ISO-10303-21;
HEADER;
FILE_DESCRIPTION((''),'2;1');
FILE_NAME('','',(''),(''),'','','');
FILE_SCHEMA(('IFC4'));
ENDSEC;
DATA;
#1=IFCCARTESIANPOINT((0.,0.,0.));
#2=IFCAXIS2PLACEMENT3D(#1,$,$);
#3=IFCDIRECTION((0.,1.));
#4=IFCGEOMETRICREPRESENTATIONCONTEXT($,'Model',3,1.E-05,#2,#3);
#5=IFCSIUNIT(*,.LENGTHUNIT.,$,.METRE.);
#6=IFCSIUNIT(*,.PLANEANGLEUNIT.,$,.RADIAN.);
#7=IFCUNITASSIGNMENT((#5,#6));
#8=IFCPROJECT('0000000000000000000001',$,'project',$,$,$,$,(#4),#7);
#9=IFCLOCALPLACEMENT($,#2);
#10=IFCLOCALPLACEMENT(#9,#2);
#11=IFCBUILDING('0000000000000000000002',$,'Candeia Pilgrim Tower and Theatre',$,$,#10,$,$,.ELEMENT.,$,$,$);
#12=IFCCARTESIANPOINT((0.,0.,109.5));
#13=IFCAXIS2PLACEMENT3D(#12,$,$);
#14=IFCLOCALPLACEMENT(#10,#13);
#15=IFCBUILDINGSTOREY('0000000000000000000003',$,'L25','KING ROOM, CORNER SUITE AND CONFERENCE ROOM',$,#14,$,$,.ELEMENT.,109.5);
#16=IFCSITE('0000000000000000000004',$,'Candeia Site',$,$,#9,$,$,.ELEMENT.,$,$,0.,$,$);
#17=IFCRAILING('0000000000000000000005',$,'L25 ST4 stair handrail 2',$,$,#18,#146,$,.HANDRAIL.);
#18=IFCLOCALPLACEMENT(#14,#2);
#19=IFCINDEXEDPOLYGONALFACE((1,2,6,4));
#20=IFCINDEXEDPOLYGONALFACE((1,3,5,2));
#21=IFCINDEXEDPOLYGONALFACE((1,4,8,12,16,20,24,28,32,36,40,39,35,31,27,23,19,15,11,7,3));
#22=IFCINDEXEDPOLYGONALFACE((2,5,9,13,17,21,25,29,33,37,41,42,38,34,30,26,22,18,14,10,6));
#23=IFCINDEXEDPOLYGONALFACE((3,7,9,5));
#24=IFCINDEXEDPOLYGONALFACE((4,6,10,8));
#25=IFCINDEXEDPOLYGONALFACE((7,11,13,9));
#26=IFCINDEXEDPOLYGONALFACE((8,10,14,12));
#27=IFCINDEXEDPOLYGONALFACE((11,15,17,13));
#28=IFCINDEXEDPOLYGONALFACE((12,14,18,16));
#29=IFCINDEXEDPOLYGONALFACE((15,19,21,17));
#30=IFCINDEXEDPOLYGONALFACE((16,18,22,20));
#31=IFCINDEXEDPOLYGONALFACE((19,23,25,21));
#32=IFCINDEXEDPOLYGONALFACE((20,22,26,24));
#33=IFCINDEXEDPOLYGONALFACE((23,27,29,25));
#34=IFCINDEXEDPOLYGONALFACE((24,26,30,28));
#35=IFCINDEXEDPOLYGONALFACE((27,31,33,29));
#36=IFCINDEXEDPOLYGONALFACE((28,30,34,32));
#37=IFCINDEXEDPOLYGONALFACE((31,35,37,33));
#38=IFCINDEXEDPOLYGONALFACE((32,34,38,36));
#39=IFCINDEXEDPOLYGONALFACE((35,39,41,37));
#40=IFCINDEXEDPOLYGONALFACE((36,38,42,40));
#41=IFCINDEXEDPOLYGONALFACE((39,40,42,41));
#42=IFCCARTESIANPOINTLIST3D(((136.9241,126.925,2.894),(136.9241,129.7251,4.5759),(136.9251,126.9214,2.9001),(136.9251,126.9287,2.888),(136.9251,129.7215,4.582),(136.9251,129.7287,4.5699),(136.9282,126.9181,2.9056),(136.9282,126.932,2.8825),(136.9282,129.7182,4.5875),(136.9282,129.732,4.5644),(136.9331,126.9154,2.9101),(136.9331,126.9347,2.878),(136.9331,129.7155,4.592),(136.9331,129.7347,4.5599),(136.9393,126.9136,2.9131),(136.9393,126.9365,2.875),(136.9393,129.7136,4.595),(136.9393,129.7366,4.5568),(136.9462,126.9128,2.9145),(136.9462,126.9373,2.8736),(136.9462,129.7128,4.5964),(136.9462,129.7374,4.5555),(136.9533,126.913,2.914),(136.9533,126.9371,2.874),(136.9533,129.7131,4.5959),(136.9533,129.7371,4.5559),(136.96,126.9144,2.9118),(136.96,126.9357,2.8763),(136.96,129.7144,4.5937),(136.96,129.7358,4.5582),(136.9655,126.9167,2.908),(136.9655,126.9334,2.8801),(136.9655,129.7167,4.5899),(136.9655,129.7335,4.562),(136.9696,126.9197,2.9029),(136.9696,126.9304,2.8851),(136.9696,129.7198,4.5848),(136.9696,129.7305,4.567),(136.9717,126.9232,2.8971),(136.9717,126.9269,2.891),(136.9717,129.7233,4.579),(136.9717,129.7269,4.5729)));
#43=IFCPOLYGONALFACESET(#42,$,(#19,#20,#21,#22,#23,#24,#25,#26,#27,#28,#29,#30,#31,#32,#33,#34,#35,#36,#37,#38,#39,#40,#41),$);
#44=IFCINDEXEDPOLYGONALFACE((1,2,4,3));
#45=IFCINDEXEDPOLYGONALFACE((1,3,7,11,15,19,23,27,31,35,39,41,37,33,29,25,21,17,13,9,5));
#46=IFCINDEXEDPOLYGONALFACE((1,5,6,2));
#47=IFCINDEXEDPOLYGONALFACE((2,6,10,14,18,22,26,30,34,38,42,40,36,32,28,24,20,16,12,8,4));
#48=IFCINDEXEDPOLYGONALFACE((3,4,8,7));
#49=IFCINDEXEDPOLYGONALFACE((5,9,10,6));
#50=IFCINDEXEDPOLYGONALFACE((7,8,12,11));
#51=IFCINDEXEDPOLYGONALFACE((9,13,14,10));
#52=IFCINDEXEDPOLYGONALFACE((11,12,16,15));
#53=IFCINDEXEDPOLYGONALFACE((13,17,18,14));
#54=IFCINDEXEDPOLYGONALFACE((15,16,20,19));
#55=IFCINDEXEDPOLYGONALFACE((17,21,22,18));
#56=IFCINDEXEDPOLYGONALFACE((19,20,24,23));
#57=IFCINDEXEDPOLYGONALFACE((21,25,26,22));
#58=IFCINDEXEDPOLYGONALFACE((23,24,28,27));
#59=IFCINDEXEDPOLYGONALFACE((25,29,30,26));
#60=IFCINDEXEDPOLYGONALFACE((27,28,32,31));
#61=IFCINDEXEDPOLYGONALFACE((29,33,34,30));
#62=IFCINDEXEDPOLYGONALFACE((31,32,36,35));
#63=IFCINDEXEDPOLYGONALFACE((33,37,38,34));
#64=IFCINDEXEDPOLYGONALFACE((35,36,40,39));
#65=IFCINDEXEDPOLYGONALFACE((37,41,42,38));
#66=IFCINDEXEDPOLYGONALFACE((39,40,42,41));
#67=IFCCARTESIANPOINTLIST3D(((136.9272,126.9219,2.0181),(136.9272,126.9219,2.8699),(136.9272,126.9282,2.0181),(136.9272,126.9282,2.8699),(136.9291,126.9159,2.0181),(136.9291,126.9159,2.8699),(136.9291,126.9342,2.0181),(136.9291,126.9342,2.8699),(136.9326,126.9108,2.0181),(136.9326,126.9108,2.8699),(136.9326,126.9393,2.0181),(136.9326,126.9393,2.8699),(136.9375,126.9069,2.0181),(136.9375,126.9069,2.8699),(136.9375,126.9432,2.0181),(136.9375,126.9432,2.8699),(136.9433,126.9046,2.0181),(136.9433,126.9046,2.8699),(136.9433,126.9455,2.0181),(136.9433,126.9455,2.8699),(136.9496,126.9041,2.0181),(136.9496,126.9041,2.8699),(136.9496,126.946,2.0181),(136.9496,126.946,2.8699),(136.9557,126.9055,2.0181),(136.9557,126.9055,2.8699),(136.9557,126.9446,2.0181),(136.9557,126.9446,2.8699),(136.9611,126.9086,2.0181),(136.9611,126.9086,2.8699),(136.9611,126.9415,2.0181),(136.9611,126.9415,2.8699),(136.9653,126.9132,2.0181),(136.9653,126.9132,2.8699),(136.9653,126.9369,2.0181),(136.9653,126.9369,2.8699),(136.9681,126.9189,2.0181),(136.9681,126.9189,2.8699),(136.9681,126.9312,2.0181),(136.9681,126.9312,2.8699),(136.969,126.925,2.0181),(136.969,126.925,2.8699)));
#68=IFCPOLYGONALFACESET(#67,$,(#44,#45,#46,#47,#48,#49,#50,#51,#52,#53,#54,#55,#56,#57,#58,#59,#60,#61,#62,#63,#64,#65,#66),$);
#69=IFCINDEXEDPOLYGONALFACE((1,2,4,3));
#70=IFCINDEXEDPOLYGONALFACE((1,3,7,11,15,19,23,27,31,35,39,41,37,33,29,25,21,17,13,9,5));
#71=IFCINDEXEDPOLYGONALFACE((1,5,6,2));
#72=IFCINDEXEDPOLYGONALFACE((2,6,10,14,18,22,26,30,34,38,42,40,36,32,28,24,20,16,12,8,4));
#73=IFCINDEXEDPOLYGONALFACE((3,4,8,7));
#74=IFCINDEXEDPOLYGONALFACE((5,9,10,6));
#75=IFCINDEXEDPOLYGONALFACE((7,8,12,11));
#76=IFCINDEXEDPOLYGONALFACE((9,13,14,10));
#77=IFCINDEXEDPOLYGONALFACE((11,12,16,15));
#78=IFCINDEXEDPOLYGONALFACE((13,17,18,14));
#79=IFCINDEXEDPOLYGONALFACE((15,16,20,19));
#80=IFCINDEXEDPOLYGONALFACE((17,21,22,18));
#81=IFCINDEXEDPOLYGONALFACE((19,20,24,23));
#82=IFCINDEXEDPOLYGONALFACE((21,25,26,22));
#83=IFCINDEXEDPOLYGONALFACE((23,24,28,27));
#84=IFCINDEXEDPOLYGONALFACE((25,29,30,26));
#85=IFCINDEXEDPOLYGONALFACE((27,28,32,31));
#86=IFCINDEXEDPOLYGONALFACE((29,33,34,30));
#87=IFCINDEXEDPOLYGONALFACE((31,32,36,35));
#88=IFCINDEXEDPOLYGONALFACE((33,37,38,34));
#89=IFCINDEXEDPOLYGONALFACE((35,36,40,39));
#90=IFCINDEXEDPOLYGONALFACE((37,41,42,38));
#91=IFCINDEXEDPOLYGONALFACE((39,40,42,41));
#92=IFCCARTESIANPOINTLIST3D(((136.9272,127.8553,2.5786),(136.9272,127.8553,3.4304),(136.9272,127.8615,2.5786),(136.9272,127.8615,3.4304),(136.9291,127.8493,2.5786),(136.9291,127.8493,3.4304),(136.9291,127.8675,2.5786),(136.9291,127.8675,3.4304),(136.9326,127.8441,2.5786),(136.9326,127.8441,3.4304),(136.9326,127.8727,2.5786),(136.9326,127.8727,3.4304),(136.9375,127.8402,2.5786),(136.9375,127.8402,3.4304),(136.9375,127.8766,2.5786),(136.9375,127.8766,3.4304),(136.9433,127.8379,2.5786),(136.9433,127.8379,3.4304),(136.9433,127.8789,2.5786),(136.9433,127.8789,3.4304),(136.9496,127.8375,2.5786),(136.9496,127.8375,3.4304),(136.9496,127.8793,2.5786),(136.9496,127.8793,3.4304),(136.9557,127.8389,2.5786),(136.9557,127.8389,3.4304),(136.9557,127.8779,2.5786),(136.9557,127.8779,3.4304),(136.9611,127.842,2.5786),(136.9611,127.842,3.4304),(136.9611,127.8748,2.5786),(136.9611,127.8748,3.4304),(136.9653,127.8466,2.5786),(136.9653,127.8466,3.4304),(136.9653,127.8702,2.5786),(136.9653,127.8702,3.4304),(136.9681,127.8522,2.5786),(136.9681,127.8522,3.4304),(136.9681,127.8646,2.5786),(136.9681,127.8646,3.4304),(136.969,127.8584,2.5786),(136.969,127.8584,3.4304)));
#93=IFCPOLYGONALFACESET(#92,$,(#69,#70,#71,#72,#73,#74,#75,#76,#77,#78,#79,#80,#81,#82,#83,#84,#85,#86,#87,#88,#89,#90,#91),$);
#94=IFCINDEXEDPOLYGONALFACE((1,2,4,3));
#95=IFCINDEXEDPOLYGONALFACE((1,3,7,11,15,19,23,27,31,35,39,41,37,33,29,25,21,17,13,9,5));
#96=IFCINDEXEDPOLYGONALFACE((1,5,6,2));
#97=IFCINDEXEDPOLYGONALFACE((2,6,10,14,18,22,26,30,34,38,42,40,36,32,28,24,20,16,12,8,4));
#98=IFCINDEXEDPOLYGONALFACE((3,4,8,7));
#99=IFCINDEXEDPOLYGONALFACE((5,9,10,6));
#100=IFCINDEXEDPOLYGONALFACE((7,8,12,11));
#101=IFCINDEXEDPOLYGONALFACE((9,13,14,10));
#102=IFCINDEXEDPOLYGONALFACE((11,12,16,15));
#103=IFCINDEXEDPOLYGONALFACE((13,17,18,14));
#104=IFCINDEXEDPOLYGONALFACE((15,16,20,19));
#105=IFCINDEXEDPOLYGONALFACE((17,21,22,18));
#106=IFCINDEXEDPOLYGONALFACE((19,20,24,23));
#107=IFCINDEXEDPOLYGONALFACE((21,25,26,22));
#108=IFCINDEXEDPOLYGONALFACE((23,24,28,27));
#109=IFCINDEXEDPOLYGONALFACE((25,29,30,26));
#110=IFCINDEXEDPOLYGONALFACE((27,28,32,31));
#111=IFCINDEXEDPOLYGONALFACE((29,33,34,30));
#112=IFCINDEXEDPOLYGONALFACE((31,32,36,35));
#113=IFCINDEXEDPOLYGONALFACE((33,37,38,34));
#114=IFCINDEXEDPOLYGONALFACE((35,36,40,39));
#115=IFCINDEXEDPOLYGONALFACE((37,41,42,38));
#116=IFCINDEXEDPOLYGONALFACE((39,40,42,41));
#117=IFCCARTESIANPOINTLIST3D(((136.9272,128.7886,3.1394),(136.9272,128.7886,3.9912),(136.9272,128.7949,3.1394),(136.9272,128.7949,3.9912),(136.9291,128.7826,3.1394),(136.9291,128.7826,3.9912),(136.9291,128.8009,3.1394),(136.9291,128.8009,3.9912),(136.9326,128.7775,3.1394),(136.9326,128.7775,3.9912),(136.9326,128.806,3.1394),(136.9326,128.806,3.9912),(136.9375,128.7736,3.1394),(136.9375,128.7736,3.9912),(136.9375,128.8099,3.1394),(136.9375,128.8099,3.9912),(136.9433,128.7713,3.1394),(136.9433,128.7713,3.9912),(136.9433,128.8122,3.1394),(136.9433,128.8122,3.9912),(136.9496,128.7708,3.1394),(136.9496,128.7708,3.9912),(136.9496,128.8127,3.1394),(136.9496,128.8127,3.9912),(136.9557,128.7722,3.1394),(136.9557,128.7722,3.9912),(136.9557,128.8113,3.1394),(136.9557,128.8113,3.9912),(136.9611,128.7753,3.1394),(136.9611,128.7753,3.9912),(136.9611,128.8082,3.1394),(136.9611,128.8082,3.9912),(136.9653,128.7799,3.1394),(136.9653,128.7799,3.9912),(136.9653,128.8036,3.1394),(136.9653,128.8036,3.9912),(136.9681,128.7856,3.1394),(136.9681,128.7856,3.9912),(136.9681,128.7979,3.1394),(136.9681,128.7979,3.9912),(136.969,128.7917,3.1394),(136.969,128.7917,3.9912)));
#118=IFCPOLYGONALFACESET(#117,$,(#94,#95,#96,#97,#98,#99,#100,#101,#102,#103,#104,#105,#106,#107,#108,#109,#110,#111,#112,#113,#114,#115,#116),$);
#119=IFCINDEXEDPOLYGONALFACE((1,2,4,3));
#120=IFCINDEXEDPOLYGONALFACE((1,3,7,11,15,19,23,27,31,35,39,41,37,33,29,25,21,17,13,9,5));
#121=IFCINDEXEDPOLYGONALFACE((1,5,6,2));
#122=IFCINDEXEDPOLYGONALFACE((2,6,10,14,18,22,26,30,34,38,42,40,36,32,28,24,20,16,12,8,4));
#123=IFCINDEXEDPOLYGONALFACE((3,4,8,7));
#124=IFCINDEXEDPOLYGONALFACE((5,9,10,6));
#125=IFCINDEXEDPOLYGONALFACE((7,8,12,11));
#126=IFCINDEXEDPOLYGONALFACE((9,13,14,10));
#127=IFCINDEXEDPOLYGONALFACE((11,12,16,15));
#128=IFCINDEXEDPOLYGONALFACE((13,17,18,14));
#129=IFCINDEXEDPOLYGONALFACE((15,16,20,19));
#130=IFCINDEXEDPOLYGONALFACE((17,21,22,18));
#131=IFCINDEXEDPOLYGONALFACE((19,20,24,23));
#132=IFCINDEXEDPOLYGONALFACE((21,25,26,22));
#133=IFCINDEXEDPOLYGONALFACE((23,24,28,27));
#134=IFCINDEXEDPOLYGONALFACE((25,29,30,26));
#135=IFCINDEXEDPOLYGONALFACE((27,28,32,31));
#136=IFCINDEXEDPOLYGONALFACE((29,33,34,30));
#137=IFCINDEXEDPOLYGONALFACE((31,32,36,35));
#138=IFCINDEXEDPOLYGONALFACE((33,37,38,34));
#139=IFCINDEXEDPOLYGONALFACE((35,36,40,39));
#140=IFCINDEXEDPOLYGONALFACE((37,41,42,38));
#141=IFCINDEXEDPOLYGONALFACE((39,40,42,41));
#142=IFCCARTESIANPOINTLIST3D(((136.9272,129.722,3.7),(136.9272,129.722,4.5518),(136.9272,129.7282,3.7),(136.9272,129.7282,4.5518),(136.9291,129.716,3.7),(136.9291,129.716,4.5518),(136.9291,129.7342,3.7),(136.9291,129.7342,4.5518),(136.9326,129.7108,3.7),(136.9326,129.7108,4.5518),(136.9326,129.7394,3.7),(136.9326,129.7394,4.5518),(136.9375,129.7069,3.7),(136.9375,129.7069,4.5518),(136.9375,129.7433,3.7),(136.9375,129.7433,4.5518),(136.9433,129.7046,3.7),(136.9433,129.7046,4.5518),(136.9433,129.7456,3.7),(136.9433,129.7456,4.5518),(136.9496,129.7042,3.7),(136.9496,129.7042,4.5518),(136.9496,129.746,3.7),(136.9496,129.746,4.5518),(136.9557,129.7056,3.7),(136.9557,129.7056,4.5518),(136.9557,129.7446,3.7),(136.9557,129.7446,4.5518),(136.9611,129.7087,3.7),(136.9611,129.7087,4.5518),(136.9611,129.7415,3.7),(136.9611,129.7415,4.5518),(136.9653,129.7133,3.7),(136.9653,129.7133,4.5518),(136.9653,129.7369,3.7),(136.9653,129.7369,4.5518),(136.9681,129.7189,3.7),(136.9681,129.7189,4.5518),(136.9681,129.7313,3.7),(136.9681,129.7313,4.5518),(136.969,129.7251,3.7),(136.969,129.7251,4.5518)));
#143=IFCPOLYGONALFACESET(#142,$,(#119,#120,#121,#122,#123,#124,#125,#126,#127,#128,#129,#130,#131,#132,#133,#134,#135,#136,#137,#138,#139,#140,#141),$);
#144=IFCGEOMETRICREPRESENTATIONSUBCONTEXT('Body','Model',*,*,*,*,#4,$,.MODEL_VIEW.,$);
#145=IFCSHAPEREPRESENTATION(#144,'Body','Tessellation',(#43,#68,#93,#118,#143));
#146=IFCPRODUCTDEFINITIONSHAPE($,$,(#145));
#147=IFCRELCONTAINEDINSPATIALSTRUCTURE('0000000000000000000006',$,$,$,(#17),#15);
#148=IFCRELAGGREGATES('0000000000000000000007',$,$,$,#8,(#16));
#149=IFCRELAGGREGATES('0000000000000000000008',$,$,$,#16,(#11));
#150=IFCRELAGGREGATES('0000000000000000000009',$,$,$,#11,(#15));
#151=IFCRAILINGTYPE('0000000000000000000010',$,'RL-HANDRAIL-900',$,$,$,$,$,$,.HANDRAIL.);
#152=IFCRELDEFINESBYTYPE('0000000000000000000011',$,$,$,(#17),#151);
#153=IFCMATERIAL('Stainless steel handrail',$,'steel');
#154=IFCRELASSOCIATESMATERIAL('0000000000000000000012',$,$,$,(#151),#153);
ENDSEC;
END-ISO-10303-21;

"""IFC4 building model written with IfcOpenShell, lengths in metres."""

from ifc_helpers import new_model, si_unit, direction, frame, origin, origin_2d, place, context, subcontext, project, spatial, circle, extrude, material, type_object, element, save


model = new_model("IFC4")

# Units and contexts
model_context = context("Model", 3, precision=1e-05, world=origin(), true_north=direction((0.0, 1.0)))
body_context = subcontext(model_context, "Body", "Model", "MODEL_VIEW")
ifc_project = project(units=[si_unit("LENGTHUNIT", "METRE"), si_unit("PLANEANGLEUNIT", "RADIAN")], contexts=[model_context])

# Site, building, storey
site_placement = place(None, origin())
site = spatial("IfcSite", under=ifc_project, at=site_placement, Name="Candeia Site", CompositionType="ELEMENT", RefElevation=0.0)
building_placement = place(site_placement, origin())
building = spatial("IfcBuilding", under=site, at=building_placement, Name="Candeia Pilgrim Tower and Theatre", CompositionType="ELEMENT")
storey_placement = place(building_placement, frame((0.0, 0.0, 109.5)))
storey = spatial("IfcBuildingStorey", under=building, at=storey_placement, Name="L25", Description="KING ROOM, CORNER SUITE AND CONFERENCE ROOM", CompositionType="ELEMENT", Elevation=109.5)

# Railing
ifc_material_1 = material(Name="Stainless steel handrail", Category="steel")
railing_type_1 = type_object("IfcRailingType", Name="RL-HANDRAIL-900", PredefinedType="HANDRAIL", material=ifc_material_1)
railing_1_placement = place(storey_placement, frame((136.948, 126.925, 2.0181)))
element("IfcRailing", 1, at=railing_1_placement, inside=storey, type_object=railing_type_1, Name="L25 ST4 stair handrail 2", PredefinedType="HANDRAIL", context=body_context, shape_type="SweptSolid", body=[
    extrude(circle(Radius=0.0239, at=origin_2d()), frame((0.0, 0.0, 0.876), z_axis=(0.0, 0.857242, 0.514913), x_axis=(-1.0, 0.0, 0.0)), (0.0, 0.0, 1.0), 3.2664),
    extrude(circle(Radius=0.021, at=origin_2d()), origin(), (0.0, 0.0, 1.0), 0.8518),
    extrude(circle(Radius=0.021, at=origin_2d()), frame((0.0, 0.9333, 0.5605)), (0.0, 0.0, 1.0), 0.8518),
    extrude(circle(Radius=0.021, at=origin_2d()), frame((0.0, 1.8667, 1.1213)), (0.0, 0.0, 1.0), 0.8518),
    extrude(circle(Radius=0.021, at=origin_2d()), frame((0.0, 2.8, 1.6819)), (0.0, 0.0, 1.0), 0.8518),
])

save(model, "model.ifc")
